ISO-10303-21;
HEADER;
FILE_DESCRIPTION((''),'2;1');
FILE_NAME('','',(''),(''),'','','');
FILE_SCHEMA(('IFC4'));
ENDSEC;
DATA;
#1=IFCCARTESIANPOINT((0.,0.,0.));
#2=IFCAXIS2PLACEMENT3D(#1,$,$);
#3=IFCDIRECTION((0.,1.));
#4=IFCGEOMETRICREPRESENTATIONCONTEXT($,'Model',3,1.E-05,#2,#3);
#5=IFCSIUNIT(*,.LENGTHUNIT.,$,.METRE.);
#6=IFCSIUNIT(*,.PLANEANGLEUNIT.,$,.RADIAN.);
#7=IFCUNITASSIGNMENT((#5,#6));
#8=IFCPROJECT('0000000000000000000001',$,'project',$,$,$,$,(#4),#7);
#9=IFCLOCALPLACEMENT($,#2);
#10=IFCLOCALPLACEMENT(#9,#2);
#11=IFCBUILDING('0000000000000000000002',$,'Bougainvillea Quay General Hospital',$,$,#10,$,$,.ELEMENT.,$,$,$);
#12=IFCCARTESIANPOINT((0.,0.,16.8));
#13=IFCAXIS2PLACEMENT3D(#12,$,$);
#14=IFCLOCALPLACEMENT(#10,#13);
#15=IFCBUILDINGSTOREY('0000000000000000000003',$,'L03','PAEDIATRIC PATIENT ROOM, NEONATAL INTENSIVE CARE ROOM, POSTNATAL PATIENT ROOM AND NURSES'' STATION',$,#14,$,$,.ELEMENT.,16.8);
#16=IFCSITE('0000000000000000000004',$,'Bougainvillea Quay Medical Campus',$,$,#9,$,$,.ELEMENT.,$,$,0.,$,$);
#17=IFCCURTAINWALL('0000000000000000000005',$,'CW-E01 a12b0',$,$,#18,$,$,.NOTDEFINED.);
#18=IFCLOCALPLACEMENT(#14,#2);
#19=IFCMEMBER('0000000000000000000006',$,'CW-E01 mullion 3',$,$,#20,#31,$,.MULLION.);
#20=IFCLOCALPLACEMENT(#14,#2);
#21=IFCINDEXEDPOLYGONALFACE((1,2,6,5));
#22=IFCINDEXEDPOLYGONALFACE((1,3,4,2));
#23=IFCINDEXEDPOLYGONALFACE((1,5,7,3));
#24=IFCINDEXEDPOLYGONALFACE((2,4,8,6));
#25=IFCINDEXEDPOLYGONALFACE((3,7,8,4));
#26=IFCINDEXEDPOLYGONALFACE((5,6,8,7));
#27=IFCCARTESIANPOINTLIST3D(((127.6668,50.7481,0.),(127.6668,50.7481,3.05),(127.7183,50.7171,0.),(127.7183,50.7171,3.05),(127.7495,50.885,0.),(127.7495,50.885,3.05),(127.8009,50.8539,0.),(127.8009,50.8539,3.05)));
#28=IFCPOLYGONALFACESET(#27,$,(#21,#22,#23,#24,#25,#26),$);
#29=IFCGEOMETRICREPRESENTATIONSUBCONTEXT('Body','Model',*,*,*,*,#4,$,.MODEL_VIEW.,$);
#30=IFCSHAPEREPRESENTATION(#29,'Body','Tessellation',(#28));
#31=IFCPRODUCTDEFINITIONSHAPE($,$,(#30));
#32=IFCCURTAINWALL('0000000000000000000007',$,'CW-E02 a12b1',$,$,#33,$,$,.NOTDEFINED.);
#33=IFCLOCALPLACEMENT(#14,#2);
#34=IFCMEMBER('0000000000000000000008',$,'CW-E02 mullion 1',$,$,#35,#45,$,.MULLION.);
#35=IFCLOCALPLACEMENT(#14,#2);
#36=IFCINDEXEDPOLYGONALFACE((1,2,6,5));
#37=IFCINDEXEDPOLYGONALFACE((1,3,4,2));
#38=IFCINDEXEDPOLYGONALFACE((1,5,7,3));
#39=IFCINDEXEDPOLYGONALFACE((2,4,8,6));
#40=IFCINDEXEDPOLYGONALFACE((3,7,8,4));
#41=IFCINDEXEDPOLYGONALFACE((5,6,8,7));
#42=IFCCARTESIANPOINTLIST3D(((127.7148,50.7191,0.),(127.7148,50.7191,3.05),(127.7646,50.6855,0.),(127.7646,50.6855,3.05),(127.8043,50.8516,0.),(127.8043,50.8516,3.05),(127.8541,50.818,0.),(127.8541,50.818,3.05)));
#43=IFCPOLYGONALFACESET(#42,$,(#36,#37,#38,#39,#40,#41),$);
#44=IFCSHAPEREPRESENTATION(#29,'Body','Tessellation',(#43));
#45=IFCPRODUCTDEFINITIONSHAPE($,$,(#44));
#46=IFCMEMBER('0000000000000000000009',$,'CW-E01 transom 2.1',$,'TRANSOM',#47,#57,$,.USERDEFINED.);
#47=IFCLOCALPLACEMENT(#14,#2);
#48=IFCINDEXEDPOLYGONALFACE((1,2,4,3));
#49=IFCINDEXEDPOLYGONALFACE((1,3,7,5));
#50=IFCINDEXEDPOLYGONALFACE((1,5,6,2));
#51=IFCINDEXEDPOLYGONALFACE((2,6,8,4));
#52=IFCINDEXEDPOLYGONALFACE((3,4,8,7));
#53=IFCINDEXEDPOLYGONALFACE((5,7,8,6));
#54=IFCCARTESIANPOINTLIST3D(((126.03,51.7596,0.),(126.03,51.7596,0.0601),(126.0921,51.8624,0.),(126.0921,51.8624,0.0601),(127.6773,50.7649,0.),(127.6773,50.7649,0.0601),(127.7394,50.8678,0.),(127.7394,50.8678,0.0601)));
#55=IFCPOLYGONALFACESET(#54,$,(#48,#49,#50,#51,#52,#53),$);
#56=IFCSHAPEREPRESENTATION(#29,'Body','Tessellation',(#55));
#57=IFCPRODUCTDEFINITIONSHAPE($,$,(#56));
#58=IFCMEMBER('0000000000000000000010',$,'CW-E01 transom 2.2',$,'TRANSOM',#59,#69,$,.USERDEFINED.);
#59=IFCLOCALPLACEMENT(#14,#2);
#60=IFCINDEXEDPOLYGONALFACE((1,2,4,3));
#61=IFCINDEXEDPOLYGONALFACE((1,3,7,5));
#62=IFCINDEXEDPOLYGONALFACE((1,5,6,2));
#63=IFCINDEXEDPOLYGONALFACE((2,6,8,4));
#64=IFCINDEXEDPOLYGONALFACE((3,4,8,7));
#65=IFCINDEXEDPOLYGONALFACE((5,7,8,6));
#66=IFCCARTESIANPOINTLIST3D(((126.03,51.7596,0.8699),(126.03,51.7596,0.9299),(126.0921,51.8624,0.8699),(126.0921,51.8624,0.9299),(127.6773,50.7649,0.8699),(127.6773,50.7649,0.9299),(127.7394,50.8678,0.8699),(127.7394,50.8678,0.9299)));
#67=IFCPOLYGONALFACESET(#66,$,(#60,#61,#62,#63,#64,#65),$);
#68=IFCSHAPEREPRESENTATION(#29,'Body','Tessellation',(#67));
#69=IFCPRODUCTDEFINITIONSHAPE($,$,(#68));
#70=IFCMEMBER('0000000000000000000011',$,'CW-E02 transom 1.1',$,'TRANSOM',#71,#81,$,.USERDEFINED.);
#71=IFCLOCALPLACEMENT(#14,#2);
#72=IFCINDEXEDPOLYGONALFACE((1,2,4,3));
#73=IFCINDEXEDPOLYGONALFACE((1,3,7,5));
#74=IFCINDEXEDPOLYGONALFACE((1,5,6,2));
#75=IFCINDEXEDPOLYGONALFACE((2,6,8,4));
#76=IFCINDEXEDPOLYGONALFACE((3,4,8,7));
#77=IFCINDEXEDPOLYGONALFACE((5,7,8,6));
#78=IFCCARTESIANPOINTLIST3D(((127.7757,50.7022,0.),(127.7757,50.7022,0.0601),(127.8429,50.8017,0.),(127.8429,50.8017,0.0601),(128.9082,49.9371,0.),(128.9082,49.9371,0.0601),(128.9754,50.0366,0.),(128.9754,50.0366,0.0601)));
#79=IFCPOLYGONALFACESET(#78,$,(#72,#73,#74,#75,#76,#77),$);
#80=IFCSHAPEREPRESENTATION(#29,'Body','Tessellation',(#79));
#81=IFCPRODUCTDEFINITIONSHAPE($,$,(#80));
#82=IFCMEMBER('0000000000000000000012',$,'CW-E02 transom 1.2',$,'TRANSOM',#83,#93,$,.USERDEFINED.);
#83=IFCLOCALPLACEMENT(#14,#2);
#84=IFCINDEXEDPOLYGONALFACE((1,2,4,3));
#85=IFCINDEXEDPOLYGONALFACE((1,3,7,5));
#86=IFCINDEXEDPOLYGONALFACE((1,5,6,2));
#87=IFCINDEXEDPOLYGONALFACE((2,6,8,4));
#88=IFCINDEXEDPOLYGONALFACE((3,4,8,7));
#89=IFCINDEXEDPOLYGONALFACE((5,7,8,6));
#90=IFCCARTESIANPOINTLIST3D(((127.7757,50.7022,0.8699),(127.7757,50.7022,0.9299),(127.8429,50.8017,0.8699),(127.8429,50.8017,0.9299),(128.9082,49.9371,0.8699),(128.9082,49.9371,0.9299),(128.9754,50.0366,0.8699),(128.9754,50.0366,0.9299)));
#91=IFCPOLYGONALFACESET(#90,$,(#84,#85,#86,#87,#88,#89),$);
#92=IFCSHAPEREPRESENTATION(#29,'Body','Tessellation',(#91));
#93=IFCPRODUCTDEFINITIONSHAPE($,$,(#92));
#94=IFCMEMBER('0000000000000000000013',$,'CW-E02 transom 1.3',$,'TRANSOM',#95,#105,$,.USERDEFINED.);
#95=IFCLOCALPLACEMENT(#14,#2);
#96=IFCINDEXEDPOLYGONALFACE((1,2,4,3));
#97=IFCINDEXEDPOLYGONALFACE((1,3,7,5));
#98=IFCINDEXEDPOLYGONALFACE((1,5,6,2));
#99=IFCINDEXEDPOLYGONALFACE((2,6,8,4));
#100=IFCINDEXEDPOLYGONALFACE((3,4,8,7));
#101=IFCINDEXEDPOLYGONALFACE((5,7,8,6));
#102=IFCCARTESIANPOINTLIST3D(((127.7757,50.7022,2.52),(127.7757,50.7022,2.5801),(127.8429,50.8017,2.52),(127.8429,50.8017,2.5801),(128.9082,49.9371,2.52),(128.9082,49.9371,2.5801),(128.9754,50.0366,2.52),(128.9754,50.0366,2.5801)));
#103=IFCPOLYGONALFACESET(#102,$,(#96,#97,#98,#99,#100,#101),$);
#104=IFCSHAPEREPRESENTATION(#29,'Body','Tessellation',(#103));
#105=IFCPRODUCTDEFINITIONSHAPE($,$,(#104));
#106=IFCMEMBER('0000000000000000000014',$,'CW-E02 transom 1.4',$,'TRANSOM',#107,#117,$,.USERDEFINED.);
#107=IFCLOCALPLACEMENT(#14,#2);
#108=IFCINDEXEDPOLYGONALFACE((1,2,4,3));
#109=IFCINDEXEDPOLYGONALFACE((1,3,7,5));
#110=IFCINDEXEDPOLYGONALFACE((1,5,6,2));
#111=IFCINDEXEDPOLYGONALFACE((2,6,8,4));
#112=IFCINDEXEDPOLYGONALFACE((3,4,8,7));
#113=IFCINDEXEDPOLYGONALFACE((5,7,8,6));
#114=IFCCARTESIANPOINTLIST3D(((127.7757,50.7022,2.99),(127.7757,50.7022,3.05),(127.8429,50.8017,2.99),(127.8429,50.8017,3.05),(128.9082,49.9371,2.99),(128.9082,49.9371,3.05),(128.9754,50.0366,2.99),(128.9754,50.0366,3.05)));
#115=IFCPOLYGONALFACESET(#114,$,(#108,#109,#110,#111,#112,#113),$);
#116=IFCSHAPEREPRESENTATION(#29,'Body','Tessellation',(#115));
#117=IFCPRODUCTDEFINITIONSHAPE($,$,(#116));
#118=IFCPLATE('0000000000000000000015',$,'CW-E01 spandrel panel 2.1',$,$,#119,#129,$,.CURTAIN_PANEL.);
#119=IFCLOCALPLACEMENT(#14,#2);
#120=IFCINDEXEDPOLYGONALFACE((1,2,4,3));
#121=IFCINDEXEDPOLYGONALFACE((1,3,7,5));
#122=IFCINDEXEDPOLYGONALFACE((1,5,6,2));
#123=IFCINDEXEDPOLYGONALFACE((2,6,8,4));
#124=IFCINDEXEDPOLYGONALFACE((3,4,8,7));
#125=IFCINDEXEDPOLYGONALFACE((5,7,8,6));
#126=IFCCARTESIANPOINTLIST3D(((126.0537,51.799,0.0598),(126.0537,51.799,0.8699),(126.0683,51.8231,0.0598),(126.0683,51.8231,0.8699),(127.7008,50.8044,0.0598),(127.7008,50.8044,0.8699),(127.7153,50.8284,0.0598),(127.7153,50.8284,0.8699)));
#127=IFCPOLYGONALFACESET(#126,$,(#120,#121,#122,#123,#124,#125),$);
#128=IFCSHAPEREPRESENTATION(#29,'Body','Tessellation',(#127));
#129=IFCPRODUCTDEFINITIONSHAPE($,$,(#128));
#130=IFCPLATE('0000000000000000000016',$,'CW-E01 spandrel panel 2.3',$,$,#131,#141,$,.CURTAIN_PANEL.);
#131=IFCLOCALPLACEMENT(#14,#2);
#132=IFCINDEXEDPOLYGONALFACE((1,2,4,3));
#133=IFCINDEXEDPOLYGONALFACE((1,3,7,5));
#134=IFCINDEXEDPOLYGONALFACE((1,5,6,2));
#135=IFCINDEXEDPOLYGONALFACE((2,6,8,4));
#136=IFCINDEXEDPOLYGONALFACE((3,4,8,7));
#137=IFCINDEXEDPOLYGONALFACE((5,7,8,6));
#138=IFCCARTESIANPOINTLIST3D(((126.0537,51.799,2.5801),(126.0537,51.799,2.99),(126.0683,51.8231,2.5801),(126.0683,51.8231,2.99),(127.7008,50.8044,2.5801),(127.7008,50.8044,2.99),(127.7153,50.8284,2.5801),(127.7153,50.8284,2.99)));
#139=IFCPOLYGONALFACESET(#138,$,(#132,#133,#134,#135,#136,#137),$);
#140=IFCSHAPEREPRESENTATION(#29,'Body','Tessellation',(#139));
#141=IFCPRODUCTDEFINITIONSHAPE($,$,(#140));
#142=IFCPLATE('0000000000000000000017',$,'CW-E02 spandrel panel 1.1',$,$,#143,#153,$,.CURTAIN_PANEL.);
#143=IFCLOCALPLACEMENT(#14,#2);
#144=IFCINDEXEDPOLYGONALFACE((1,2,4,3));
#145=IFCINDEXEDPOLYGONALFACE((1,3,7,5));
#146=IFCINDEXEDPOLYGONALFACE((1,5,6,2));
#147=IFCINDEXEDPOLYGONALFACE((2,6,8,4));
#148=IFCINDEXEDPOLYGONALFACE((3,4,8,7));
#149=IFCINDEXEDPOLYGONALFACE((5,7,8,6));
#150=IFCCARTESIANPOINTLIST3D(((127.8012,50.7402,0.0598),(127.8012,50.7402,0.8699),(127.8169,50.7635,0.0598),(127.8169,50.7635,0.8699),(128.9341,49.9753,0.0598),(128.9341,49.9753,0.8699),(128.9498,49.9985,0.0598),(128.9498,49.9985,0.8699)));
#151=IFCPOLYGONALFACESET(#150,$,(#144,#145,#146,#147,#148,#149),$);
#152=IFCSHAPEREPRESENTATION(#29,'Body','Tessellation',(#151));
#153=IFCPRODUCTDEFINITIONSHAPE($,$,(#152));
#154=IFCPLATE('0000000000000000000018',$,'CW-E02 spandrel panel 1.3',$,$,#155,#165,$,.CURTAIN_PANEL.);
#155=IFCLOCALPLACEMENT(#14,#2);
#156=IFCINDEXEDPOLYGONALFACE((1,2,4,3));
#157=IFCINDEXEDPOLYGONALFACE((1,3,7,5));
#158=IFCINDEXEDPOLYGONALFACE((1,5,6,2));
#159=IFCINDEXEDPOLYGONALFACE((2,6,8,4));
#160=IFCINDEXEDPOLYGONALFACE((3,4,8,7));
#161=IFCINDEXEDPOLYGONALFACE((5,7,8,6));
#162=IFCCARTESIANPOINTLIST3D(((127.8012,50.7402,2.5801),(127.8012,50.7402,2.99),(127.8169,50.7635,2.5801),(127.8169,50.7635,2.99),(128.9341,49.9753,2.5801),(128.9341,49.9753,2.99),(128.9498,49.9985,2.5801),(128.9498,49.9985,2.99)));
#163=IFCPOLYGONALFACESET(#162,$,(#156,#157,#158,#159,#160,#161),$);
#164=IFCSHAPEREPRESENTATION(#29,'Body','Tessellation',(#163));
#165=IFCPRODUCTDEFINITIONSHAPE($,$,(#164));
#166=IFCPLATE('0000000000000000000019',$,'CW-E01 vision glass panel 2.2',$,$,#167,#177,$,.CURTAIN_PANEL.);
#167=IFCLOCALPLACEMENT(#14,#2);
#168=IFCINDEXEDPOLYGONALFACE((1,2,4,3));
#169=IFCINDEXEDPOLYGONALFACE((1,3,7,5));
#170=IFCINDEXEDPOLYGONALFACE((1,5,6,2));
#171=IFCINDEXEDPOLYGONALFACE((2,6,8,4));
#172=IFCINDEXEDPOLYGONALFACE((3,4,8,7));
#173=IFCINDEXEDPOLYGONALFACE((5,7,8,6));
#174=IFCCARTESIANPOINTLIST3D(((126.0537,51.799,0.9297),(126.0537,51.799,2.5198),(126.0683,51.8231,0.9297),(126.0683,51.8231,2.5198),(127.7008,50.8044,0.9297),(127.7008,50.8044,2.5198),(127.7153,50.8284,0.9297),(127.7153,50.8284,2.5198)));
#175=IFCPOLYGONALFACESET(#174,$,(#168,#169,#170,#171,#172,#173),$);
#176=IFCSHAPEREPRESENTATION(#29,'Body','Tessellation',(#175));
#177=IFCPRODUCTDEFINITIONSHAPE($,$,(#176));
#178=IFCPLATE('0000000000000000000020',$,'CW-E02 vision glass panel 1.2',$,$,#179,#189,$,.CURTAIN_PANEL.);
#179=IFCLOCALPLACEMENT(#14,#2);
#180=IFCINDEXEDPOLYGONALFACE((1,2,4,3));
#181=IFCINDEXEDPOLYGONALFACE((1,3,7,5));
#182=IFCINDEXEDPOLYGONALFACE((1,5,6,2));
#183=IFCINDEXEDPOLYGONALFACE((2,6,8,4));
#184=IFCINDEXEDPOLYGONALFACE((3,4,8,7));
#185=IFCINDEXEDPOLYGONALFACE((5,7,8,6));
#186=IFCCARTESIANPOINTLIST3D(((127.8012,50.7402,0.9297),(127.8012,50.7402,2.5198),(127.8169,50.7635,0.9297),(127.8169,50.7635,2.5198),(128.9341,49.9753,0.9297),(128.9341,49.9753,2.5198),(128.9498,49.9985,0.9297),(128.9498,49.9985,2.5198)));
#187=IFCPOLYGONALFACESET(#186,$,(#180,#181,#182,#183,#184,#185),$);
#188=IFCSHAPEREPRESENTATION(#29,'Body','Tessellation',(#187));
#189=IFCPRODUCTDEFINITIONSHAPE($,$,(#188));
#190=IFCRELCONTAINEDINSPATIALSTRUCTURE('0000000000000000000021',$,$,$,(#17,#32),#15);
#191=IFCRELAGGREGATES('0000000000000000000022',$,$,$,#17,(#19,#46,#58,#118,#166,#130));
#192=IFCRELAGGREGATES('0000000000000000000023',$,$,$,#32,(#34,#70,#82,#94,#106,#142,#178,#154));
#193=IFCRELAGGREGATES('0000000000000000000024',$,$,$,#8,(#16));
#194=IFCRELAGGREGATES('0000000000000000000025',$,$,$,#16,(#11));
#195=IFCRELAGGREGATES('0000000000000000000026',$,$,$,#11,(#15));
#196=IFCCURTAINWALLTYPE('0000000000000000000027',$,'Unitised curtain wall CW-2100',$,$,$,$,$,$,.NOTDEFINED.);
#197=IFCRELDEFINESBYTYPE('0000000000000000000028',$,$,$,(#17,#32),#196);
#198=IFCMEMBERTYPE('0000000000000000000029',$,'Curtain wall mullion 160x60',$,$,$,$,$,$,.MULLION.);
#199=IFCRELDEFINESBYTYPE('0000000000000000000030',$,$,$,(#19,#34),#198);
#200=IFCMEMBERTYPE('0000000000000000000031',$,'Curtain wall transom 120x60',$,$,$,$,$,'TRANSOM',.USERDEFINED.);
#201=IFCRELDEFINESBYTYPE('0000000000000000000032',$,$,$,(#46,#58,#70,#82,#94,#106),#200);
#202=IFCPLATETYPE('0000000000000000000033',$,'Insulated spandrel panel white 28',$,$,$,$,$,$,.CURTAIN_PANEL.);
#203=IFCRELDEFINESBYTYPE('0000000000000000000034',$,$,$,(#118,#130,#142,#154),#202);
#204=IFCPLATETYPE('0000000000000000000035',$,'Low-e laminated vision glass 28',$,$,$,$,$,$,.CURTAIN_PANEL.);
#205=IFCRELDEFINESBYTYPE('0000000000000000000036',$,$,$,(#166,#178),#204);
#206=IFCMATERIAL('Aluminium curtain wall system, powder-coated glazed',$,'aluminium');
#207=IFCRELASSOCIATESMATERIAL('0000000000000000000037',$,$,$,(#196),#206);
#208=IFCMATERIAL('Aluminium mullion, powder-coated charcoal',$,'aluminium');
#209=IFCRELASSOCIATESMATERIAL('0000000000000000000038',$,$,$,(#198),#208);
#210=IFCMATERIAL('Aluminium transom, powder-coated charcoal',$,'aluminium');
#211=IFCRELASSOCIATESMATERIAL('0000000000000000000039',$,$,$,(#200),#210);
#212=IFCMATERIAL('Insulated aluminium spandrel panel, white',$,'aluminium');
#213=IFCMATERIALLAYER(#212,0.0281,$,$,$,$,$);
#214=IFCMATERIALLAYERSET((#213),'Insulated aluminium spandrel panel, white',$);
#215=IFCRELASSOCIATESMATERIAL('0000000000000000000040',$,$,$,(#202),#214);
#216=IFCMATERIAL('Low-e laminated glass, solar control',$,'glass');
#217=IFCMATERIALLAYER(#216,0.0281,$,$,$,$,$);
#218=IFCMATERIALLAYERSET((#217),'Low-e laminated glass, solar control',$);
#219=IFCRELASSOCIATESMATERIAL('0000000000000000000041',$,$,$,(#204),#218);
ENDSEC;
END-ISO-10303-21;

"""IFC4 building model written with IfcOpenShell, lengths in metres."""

from ifc_helpers import new_model, si_unit, direction, frame, origin, origin_2d, place, context, subcontext, project, spatial, rectangle, extrude, material, layer, layer_set, material_profile, profile_set, type_object, element, aggregate, save


model = new_model("IFC4")

# Units and contexts
model_context = context("Model", 3, precision=1e-05, world=origin(), true_north=direction((0.0, 1.0)))
body_context = subcontext(model_context, "Body", "Model", "MODEL_VIEW")
ifc_project = project(units=[si_unit("LENGTHUNIT", "METRE"), si_unit("PLANEANGLEUNIT", "RADIAN")], contexts=[model_context])

# Site, building, storey
site_placement = place(None, origin())
site = spatial("IfcSite", under=ifc_project, at=site_placement, Name="Bougainvillea Quay Medical Campus", CompositionType="ELEMENT", RefElevation=0.0)
building_placement = place(site_placement, origin())
building = spatial("IfcBuilding", under=site, at=building_placement, Name="Bougainvillea Quay General Hospital", CompositionType="ELEMENT")
storey_placement = place(building_placement, frame((0.0, 0.0, 16.8)))
storey = spatial("IfcBuildingStorey", under=building, at=storey_placement, Name="L03", Description="PAEDIATRIC PATIENT ROOM, NEONATAL INTENSIVE CARE ROOM, POSTNATAL PATIENT ROOM AND NURSES' STATION", CompositionType="ELEMENT", Elevation=16.8)

# Curtain walls, members
ifc_material_1 = material(Name="Aluminium curtain wall system, powder-coated glazed", Category="aluminium")
curtain_wall_type = type_object("IfcCurtainWallType", Name="Unitised curtain wall CW-2100", PredefinedType="NOTDEFINED", material=ifc_material_1)
curtain_wall_1_placement = place(storey_placement, origin())
curtain_wall_1 = element("IfcCurtainWall", 1, at=curtain_wall_1_placement, inside=storey, type_object=curtain_wall_type, Name="CW-E01 a12b0", PredefinedType="NOTDEFINED")
ifc_material_2 = material(Name="Aluminium mullion, powder-coated charcoal", Category="aluminium")
ifc_material_profile_1 = material_profile(ifc_material_2, rectangle(XDim=0.1599, YDim=0.0601, at=origin_2d()))
ifc_profile_set_1 = profile_set([ifc_material_profile_1], Name="Aluminium mullion, powder-coated charcoal")
member_type_1 = type_object("IfcMemberType", Name="Curtain wall mullion 160x60", PredefinedType="MULLION", material=ifc_profile_set_1)
member_1_placement = place(storey_placement, frame((127.7339, 50.801, 0.0), z_axis=(0.0, 0.0, 1.0), x_axis=(0.516938, 0.856023, 0.0)))
member_1 = element("IfcMember", 2, at=member_1_placement, type_object=member_type_1, Name="CW-E01 mullion 3", PredefinedType="MULLION", context=body_context, shape_type="SweptSolid", body=[
    extrude(rectangle(XDim=0.1599, YDim=0.0601, at=origin_2d()), origin(), (0.0, 0.0, 1.0), 3.05),
])
curtain_wall_2_placement = place(storey_placement, origin())
curtain_wall_2 = element("IfcCurtainWall", 3, at=curtain_wall_2_placement, inside=storey, type_object=curtain_wall_type, Name="CW-E02 a12b1", PredefinedType="NOTDEFINED")
member_2_placement = place(storey_placement, frame((127.7844, 50.7686, 0.0), z_axis=(0.0, 0.0, 1.0), x_axis=(0.559637, 0.828738, 0.0)))
member_2 = element("IfcMember", 4, at=member_2_placement, type_object=member_type_1, Name="CW-E02 mullion 1", PredefinedType="MULLION", context=body_context, shape_type="SweptSolid", body=[
    extrude(rectangle(XDim=0.1599, YDim=0.0601, at=origin_2d()), origin(), (0.0, 0.0, 1.0), 3.05),
])

# Members
ifc_material_3 = material(Name="Aluminium transom, powder-coated charcoal", Category="aluminium")
ifc_material_profile_2 = material_profile(ifc_material_3, rectangle(XDim=0.1201, YDim=0.0601, at=origin_2d()))
ifc_profile_set_2 = profile_set([ifc_material_profile_2], Name="Aluminium transom, powder-coated charcoal")
member_type_2 = type_object("IfcMemberType", Name="Curtain wall transom 120x60", ElementType="TRANSOM", PredefinedType="USERDEFINED", material=ifc_profile_set_2)
member_3_placement = place(storey_placement, frame((126.061, 51.811, 0.03), z_axis=(0.856045, -0.516901, 0.0), x_axis=(0.516901, 0.856045, 0.0)))
member_3 = element("IfcMember", 5, at=member_3_placement, type_object=member_type_2, Name="CW-E01 transom 2.1", ObjectType="TRANSOM", PredefinedType="USERDEFINED", context=body_context, shape_type="SweptSolid", body=[
    extrude(rectangle(XDim=0.1201, YDim=0.0601, at=origin_2d()), origin(), (0.0, 0.0, 1.0), 1.9243),
])
member_4_placement = place(storey_placement, frame((126.061, 51.811, 0.8999), z_axis=(0.856045, -0.516901, 0.0), x_axis=(0.516901, 0.856045, 0.0)))
member_4 = element("IfcMember", 6, at=member_4_placement, type_object=member_type_2, Name="CW-E01 transom 2.2", ObjectType="TRANSOM", PredefinedType="USERDEFINED", context=body_context, shape_type="SweptSolid", body=[
    extrude(rectangle(XDim=0.1201, YDim=0.0601, at=origin_2d()), origin(), (0.0, 0.0, 1.0), 1.9243),
])
member_5_placement = place(storey_placement, frame((127.8093, 50.752, 0.03), z_axis=(0.828627, -0.559801, 0.0), x_axis=(0.559801, 0.828627, 0.0)))
member_5 = element("IfcMember", 7, at=member_5_placement, type_object=member_type_2, Name="CW-E02 transom 1.1", ObjectType="TRANSOM", PredefinedType="USERDEFINED", context=body_context, shape_type="SweptSolid", body=[
    extrude(rectangle(XDim=0.1201, YDim=0.0601, at=origin_2d()), origin(), (0.0, 0.0, 1.0), 1.3667),
])
member_6_placement = place(storey_placement, frame((127.8093, 50.752, 0.8999), z_axis=(0.828627, -0.559801, 0.0), x_axis=(0.559801, 0.828627, 0.0)))
member_6 = element("IfcMember", 8, at=member_6_placement, type_object=member_type_2, Name="CW-E02 transom 1.2", ObjectType="TRANSOM", PredefinedType="USERDEFINED", context=body_context, shape_type="SweptSolid", body=[
    extrude(rectangle(XDim=0.1201, YDim=0.0601, at=origin_2d()), origin(), (0.0, 0.0, 1.0), 1.3667),
])
member_7_placement = place(storey_placement, frame((127.8093, 50.752, 2.55), z_axis=(0.828627, -0.559801, 0.0), x_axis=(0.559801, 0.828627, 0.0)))
member_7 = element("IfcMember", 9, at=member_7_placement, type_object=member_type_2, Name="CW-E02 transom 1.3", ObjectType="TRANSOM", PredefinedType="USERDEFINED", context=body_context, shape_type="SweptSolid", body=[
    extrude(rectangle(XDim=0.1201, YDim=0.0601, at=origin_2d()), origin(), (0.0, 0.0, 1.0), 1.3667),
])
member_8_placement = place(storey_placement, frame((127.8093, 50.752, 3.02), z_axis=(0.828627, -0.559801, 0.0), x_axis=(0.559801, 0.828627, 0.0)))
member_8 = element("IfcMember", 10, at=member_8_placement, type_object=member_type_2, Name="CW-E02 transom 1.4", ObjectType="TRANSOM", PredefinedType="USERDEFINED", context=body_context, shape_type="SweptSolid", body=[
    extrude(rectangle(XDim=0.1201, YDim=0.0601, at=origin_2d()), origin(), (0.0, 0.0, 1.0), 1.3667),
])

# Plates
ifc_material_4 = material(Name="Insulated aluminium spandrel panel, white", Category="aluminium")
ifc_layer_1 = layer(ifc_material_4, 0.0281)
ifc_layer_set_1 = layer_set([ifc_layer_1], Name="Insulated aluminium spandrel panel, white")
plate_type_1 = type_object("IfcPlateType", Name="Insulated spandrel panel white 28", PredefinedType="CURTAIN_PANEL", material=ifc_layer_set_1)
plate_1_placement = place(storey_placement, frame((126.8845, 51.3137, 0.0598), z_axis=(0.0, 0.0, 1.0), x_axis=(0.856023, -0.516938, 0.0)))
plate_1 = element("IfcPlate", 11, at=plate_1_placement, type_object=plate_type_1, Name="CW-E01 spandrel panel 2.1", PredefinedType="CURTAIN_PANEL", context=body_context, shape_type="SweptSolid", body=[
    extrude(rectangle(XDim=1.9241, YDim=0.0281, at=origin_2d()), origin(), (0.0, 0.0, 1.0), 0.8101),
])
plate_2_placement = place(storey_placement, frame((126.8845, 51.3137, 2.5801), z_axis=(0.0, 0.0, 1.0), x_axis=(0.856023, -0.516938, 0.0)))
plate_2 = element("IfcPlate", 12, at=plate_2_placement, type_object=plate_type_1, Name="CW-E01 spandrel panel 2.3", PredefinedType="CURTAIN_PANEL", context=body_context, shape_type="SweptSolid", body=[
    extrude(rectangle(XDim=1.9241, YDim=0.0281, at=origin_2d()), origin(), (0.0, 0.0, 1.0), 0.4099),
])
plate_3_placement = place(storey_placement, frame((128.3755, 50.3694, 0.0598), z_axis=(0.0, 0.0, 1.0), x_axis=(0.828738, -0.559637, 0.0)))
plate_3 = element("IfcPlate", 13, at=plate_3_placement, type_object=plate_type_1, Name="CW-E02 spandrel panel 1.1", PredefinedType="CURTAIN_PANEL", context=body_context, shape_type="SweptSolid", body=[
    extrude(rectangle(XDim=1.3669, YDim=0.0281, at=origin_2d()), origin(), (0.0, 0.0, 1.0), 0.8101),
])
plate_4_placement = place(storey_placement, frame((128.3755, 50.3694, 2.5801), z_axis=(0.0, 0.0, 1.0), x_axis=(0.828738, -0.559637, 0.0)))
plate_4 = element("IfcPlate", 14, at=plate_4_placement, type_object=plate_type_1, Name="CW-E02 spandrel panel 1.3", PredefinedType="CURTAIN_PANEL", context=body_context, shape_type="SweptSolid", body=[
    extrude(rectangle(XDim=1.3669, YDim=0.0281, at=origin_2d()), origin(), (0.0, 0.0, 1.0), 0.4099),
])
ifc_material_5 = material(Name="Low-e laminated glass, solar control", Category="glass")
ifc_layer_2 = layer(ifc_material_5, 0.0281)
ifc_layer_set_2 = layer_set([ifc_layer_2], Name="Low-e laminated glass, solar control")
plate_type_2 = type_object("IfcPlateType", Name="Low-e laminated vision glass 28", PredefinedType="CURTAIN_PANEL", material=ifc_layer_set_2)
plate_5_placement = place(storey_placement, frame((126.8845, 51.3137, 0.9297), z_axis=(0.0, 0.0, 1.0), x_axis=(0.856023, -0.516938, 0.0)))
plate_5 = element("IfcPlate", 15, at=plate_5_placement, type_object=plate_type_2, Name="CW-E01 vision glass panel 2.2", PredefinedType="CURTAIN_PANEL", context=body_context, shape_type="SweptSolid", body=[
    extrude(rectangle(XDim=1.9241, YDim=0.0281, at=origin_2d()), origin(), (0.0, 0.0, 1.0), 1.5901),
])
aggregate(curtain_wall_1, [member_1, member_3, member_4, plate_1, plate_5, plate_2])
plate_6_placement = place(storey_placement, frame((128.3755, 50.3694, 0.9297), z_axis=(0.0, 0.0, 1.0), x_axis=(0.828738, -0.559637, 0.0)))
plate_6 = element("IfcPlate", 16, at=plate_6_placement, type_object=plate_type_2, Name="CW-E02 vision glass panel 1.2", PredefinedType="CURTAIN_PANEL", context=body_context, shape_type="SweptSolid", body=[
    extrude(rectangle(XDim=1.3669, YDim=0.0281, at=origin_2d()), origin(), (0.0, 0.0, 1.0), 1.5901),
])
aggregate(curtain_wall_2, [member_2, member_5, member_6, member_7, member_8, plate_3, plate_6, plate_4])

save(model, "model.ifc")
